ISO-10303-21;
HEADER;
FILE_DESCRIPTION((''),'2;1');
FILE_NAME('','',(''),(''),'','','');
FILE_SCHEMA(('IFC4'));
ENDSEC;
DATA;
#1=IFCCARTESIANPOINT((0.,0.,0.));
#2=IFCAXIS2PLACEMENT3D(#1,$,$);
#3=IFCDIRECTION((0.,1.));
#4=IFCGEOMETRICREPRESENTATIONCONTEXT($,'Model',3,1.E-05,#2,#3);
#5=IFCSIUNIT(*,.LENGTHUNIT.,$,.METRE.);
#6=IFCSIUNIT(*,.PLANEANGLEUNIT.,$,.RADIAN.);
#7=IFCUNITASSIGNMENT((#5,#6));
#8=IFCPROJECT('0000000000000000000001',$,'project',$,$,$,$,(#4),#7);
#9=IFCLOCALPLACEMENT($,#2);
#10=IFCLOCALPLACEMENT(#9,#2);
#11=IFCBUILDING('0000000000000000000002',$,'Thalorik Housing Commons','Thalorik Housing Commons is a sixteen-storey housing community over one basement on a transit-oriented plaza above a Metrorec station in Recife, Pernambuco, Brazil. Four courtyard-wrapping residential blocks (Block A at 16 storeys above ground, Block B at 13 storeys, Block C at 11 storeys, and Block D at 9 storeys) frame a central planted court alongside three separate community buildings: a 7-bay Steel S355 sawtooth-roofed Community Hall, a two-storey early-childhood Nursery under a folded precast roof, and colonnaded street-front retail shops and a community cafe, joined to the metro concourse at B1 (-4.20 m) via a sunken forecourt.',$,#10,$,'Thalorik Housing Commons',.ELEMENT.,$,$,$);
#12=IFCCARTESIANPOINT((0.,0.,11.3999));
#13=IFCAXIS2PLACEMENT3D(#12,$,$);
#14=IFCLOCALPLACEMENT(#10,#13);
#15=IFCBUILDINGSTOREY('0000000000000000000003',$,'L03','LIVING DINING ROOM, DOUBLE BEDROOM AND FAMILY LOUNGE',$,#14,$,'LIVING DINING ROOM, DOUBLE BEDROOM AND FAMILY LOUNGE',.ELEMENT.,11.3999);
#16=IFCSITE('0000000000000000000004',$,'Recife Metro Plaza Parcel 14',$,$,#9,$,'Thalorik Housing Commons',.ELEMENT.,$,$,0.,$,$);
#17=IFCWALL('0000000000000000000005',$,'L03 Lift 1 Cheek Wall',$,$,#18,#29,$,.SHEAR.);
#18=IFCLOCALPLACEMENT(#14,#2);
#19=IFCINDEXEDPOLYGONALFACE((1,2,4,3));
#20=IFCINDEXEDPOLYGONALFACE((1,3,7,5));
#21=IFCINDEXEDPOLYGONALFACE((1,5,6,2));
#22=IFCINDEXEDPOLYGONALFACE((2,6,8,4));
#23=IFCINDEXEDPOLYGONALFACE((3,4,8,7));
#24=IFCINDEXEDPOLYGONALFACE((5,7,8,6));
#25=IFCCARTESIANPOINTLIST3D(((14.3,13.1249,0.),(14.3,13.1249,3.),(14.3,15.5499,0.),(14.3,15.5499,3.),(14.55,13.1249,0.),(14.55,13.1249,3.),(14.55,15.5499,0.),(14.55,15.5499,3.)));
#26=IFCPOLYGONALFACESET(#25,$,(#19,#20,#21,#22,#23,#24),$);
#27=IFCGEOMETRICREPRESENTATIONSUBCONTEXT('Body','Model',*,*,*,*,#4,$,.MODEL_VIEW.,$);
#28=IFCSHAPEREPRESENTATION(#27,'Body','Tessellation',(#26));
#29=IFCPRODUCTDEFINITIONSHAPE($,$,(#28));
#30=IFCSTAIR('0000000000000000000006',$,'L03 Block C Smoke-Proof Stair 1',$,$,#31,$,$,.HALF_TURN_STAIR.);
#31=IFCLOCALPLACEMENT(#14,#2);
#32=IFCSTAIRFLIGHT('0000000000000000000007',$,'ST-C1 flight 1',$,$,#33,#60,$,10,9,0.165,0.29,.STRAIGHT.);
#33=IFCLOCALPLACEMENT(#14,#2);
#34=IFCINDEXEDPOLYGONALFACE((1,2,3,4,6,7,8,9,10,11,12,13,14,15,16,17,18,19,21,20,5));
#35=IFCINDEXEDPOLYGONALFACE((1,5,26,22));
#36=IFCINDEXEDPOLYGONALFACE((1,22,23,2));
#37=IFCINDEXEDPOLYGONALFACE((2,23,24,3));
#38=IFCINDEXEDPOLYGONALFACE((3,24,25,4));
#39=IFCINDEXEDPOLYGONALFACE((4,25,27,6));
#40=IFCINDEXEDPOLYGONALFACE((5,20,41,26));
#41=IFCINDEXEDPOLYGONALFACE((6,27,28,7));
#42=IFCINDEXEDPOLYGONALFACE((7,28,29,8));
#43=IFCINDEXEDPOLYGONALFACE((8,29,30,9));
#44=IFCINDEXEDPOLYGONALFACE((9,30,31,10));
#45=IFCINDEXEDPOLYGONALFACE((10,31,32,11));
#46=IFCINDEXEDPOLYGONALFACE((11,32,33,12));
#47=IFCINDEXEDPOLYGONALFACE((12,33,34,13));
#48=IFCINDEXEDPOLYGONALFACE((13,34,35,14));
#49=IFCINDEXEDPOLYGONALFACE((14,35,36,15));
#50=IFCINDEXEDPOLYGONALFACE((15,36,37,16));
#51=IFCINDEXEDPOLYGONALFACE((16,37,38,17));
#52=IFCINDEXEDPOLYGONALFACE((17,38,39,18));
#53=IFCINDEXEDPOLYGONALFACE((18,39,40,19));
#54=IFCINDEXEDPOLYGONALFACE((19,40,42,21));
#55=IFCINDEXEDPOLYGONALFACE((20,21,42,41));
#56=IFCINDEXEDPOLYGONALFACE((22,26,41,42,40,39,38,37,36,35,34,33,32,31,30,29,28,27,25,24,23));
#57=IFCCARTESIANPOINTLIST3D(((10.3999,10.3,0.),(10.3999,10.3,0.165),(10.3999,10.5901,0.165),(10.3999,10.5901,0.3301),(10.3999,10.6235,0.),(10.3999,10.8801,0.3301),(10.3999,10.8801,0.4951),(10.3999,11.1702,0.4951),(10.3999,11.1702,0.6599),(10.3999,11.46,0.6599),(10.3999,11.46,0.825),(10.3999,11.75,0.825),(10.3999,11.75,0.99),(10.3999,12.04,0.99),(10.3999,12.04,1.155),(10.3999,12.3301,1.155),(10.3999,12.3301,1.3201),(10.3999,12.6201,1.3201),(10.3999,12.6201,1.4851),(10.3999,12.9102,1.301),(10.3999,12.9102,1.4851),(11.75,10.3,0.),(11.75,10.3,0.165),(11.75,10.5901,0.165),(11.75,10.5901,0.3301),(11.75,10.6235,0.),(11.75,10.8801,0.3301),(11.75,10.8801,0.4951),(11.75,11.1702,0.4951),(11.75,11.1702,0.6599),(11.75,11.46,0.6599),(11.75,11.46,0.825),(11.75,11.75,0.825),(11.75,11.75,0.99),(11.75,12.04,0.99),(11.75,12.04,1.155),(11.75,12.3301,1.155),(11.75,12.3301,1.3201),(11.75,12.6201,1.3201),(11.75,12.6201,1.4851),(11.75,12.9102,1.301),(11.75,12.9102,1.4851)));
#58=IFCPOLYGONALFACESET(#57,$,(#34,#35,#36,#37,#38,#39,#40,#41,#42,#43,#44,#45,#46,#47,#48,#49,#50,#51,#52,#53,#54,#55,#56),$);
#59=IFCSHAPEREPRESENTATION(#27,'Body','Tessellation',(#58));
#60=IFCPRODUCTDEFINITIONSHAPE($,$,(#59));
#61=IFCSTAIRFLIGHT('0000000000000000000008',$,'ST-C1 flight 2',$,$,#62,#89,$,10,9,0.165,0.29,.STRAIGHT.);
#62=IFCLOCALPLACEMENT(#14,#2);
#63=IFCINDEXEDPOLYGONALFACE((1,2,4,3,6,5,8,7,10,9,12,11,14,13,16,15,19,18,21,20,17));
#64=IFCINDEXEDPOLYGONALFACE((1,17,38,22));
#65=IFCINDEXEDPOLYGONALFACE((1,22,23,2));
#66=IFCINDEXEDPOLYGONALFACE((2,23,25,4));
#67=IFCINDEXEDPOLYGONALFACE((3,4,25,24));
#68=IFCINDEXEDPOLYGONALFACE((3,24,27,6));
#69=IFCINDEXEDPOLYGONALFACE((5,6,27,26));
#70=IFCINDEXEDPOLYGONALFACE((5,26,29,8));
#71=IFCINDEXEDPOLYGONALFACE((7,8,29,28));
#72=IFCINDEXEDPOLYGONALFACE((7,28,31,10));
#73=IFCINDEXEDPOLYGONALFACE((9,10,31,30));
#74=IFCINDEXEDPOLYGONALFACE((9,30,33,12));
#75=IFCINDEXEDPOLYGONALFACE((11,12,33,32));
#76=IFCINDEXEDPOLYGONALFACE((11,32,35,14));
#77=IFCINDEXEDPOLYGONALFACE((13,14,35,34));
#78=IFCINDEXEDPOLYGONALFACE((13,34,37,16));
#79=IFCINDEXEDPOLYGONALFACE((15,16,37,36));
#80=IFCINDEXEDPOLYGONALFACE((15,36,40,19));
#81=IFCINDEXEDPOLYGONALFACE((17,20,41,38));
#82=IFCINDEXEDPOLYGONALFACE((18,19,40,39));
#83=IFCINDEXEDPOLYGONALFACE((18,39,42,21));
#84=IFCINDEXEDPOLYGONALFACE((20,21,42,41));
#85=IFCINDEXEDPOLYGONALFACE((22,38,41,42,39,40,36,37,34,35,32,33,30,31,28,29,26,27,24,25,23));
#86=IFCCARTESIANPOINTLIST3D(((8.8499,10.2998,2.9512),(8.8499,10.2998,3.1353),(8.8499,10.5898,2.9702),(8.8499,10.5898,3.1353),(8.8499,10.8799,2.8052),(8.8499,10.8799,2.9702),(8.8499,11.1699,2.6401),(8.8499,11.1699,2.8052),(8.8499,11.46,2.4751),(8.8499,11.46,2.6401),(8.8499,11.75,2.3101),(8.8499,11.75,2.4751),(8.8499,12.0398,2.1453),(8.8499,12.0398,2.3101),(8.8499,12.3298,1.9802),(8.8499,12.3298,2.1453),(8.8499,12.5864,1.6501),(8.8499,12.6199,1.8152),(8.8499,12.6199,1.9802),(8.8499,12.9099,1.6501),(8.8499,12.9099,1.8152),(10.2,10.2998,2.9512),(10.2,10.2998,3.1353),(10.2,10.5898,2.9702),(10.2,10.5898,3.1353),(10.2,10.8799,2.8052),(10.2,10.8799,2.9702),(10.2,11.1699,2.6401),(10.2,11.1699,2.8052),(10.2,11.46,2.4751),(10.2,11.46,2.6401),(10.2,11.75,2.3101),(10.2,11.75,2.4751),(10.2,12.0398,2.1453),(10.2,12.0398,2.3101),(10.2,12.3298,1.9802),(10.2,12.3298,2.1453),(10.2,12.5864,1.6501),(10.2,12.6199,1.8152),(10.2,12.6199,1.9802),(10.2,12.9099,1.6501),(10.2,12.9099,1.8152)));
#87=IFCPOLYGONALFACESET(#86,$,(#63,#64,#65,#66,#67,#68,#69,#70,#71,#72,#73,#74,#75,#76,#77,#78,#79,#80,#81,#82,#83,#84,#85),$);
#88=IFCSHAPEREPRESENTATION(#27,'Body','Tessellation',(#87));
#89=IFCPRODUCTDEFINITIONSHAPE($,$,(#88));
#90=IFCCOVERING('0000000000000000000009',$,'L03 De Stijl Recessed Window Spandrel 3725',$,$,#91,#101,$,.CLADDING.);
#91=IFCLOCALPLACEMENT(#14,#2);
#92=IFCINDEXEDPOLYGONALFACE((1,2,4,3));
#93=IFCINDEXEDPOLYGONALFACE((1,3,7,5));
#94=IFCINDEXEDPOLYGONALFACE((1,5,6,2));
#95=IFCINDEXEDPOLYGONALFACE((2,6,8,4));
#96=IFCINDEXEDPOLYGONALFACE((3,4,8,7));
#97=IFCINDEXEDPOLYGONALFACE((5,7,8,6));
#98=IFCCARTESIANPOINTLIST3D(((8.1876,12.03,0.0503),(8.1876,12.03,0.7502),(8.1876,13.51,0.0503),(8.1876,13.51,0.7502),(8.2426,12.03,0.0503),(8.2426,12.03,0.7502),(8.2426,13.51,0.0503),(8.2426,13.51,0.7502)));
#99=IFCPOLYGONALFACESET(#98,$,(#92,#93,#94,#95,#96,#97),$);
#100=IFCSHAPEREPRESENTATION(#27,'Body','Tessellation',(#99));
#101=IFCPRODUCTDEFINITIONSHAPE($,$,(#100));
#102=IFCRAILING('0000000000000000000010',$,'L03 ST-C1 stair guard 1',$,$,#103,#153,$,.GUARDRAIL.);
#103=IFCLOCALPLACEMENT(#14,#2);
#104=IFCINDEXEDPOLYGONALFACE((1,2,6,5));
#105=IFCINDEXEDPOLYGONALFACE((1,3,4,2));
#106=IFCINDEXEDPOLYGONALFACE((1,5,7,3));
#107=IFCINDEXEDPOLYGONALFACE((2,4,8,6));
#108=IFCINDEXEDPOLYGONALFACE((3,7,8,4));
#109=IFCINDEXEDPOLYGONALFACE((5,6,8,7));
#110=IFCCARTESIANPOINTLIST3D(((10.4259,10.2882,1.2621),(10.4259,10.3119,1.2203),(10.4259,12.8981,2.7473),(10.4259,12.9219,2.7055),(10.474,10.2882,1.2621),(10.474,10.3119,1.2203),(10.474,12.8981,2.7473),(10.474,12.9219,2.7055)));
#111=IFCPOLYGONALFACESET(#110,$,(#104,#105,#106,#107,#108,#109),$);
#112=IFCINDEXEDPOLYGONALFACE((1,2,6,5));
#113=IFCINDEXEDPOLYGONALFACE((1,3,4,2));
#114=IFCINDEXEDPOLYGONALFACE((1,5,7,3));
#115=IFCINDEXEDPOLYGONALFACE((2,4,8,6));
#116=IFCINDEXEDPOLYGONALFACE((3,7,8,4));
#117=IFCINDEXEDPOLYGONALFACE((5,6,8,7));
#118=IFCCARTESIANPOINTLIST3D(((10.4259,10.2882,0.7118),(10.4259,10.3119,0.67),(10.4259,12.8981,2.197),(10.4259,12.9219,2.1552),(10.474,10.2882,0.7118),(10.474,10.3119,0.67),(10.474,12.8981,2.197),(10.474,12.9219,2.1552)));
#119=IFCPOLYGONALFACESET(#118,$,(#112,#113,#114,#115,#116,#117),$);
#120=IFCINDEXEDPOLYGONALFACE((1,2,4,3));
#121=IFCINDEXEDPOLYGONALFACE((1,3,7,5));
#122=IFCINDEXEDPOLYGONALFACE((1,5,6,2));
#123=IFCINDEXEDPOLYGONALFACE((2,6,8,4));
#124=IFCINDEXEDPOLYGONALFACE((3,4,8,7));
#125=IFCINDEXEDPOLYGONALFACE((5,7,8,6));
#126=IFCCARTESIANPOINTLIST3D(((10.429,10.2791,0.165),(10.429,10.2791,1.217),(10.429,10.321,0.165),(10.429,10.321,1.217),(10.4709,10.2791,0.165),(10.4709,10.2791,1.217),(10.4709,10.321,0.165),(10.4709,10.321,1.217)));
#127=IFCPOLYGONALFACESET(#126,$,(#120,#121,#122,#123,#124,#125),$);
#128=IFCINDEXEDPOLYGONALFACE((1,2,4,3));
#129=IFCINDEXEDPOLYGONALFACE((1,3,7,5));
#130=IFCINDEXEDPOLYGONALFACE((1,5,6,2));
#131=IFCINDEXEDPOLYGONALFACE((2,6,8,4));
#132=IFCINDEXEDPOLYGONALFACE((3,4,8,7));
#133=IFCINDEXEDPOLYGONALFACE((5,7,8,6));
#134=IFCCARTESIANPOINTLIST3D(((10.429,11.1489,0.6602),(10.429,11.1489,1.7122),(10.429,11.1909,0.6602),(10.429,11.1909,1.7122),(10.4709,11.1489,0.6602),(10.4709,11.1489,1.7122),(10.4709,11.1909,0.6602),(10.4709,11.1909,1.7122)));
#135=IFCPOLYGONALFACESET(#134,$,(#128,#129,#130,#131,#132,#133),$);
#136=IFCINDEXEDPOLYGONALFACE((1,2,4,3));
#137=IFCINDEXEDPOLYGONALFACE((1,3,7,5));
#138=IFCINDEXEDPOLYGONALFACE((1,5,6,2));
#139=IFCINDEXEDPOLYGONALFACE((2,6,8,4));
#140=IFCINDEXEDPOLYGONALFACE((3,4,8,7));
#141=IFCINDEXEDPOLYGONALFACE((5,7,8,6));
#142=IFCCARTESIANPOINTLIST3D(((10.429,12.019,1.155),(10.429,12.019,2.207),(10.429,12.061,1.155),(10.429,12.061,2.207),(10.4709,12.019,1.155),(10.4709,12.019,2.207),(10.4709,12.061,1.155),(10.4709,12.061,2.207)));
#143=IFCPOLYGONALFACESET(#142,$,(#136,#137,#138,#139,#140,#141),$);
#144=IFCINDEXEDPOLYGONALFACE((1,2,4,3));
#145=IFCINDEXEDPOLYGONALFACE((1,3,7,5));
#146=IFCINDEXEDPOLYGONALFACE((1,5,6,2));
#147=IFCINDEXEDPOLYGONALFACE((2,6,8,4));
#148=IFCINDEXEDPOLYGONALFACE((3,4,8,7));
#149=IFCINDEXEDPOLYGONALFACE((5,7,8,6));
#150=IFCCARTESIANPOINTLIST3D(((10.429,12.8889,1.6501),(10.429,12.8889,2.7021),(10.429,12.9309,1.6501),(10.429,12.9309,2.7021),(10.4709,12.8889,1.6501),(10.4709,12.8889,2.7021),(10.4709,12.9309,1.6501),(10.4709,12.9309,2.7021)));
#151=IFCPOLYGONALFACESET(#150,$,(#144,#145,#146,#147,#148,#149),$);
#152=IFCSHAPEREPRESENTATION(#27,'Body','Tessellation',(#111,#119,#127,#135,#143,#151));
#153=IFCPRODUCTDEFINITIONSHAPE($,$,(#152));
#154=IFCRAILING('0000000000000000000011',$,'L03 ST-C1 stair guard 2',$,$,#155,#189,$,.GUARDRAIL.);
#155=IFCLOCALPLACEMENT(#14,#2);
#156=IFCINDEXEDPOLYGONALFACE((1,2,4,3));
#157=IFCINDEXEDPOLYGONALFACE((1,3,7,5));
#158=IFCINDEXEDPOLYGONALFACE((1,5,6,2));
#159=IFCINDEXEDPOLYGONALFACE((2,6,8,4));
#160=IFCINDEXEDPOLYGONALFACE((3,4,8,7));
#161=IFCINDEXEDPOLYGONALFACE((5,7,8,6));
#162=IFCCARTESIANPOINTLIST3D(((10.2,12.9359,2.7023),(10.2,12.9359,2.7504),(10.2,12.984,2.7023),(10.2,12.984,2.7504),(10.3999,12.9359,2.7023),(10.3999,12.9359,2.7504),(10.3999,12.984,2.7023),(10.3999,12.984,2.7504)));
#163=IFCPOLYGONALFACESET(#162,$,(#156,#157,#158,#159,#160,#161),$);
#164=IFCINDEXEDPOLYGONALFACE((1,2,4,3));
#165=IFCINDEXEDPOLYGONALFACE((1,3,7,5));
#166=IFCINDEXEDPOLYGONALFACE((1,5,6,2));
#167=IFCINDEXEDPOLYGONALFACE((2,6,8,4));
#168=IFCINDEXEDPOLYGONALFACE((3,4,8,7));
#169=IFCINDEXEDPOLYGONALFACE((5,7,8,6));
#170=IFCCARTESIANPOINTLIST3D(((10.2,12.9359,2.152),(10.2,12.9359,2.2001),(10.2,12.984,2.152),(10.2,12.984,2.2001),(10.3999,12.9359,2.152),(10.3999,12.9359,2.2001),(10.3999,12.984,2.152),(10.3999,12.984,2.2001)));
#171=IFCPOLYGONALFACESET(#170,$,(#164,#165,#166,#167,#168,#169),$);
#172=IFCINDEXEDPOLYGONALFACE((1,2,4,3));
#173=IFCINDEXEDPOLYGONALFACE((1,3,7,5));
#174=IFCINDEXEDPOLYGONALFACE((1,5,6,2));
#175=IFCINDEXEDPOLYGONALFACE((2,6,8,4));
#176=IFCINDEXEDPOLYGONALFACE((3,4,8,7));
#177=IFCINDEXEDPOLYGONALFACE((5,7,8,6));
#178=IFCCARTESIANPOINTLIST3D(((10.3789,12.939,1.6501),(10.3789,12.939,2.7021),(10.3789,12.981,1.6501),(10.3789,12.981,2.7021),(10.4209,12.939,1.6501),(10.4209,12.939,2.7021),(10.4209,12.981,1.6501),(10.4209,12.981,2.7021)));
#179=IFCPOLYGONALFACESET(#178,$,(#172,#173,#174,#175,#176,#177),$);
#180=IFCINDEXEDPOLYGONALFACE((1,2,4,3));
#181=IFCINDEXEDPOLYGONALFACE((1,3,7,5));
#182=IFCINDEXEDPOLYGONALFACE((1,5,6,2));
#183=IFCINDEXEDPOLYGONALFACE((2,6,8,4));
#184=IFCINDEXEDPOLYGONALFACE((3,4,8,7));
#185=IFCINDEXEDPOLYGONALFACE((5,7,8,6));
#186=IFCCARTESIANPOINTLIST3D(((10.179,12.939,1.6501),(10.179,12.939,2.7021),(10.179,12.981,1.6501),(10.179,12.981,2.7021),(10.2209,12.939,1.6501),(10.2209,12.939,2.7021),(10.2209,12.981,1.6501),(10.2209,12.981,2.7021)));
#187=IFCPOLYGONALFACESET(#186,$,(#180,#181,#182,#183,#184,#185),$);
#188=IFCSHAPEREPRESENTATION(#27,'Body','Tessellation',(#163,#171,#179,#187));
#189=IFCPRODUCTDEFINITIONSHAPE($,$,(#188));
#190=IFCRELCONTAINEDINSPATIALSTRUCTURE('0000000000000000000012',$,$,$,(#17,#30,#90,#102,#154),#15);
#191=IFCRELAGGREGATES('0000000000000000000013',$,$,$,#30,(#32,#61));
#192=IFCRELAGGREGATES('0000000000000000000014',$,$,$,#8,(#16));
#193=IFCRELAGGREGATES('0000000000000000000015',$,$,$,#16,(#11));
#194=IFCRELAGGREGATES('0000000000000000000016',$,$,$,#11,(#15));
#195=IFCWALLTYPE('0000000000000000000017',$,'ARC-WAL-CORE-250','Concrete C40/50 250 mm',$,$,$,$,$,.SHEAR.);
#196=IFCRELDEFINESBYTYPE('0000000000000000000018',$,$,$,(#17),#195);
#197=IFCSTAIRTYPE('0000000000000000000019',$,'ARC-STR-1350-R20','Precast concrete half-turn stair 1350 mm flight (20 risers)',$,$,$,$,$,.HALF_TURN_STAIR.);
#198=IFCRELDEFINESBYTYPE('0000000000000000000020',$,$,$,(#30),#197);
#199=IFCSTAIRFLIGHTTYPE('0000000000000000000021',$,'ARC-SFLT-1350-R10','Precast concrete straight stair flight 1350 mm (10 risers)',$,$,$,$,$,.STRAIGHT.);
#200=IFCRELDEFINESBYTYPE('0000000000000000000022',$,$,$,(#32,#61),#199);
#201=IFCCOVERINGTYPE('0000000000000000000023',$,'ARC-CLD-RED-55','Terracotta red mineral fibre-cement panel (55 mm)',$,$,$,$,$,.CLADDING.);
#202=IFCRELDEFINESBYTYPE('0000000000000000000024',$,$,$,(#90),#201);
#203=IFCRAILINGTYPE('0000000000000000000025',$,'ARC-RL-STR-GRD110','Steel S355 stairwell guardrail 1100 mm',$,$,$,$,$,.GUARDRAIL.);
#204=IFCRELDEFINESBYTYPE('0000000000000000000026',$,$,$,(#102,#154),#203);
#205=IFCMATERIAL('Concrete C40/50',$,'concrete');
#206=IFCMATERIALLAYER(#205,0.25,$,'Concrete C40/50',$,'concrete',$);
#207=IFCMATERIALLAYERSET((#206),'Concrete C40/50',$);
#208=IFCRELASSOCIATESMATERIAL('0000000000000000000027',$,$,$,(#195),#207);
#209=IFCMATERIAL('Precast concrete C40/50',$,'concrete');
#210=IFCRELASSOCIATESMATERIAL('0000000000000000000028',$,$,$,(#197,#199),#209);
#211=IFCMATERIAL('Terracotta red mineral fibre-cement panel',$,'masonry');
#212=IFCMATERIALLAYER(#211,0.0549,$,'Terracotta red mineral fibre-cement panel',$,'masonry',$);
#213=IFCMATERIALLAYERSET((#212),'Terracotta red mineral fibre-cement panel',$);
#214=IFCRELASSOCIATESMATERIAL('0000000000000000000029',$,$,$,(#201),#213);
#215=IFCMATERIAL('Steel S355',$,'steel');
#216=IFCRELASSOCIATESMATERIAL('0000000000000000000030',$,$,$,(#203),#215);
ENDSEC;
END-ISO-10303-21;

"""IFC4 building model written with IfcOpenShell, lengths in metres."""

from ifc_helpers import new_model, si_unit, direction, frame, frame_2d, origin, origin_2d, place, context, subcontext, project, spatial, polyline, rectangle, outline, extrude, material, layer, layer_set, type_object, element, aggregate, save


model = new_model("IFC4")

# Units and contexts
model_context = context("Model", 3, precision=1e-05, world=origin(), true_north=direction((0.0, 1.0)))
body_context = subcontext(model_context, "Body", "Model", "MODEL_VIEW")
ifc_project = project(units=[si_unit("LENGTHUNIT", "METRE"), si_unit("PLANEANGLEUNIT", "RADIAN")], contexts=[model_context])

# Site, building, storey
site_placement = place(None, origin())
site = spatial("IfcSite", under=ifc_project, at=site_placement, Name="Recife Metro Plaza Parcel 14", LongName="Thalorik Housing Commons", CompositionType="ELEMENT", RefElevation=0.0)
building_placement = place(site_placement, origin())
building = spatial("IfcBuilding", under=site, at=building_placement, Name="Thalorik Housing Commons", Description="Thalorik Housing Commons is a sixteen-storey housing community over one basement on a transit-oriented plaza above a Metrorec station in Recife, Pernambuco, Brazil. Four courtyard-wrapping residential blocks (Block A at 16 storeys above ground, Block B at 13 storeys, Block C at 11 storeys, and Block D at 9 storeys) frame a central planted court alongside three separate community buildings: a 7-bay Steel S355 sawtooth-roofed Community Hall, a two-storey early-childhood Nursery under a folded precast roof, and colonnaded street-front retail shops and a community cafe, joined to the metro concourse at B1 (-4.20 m) via a sunken forecourt.", LongName="Thalorik Housing Commons", CompositionType="ELEMENT")
storey_placement = place(building_placement, frame((0.0, 0.0, 11.3999)))
storey = spatial("IfcBuildingStorey", under=building, at=storey_placement, Name="L03", Description="LIVING DINING ROOM, DOUBLE BEDROOM AND FAMILY LOUNGE", LongName="LIVING DINING ROOM, DOUBLE BEDROOM AND FAMILY LOUNGE", CompositionType="ELEMENT", Elevation=11.3999)

# Shared definitions
ifc_material_1 = material(Name="Concrete C40/50", Category="concrete")
ifc_layer_1 = layer(ifc_material_1, 0.25, Name="Concrete C40/50", Category="concrete")
ifc_layer_set_1 = layer_set([ifc_layer_1], Name="Concrete C40/50")
wall_type = type_object("IfcWallType", Name="ARC-WAL-CORE-250", Description="Concrete C40/50 250 mm", PredefinedType="SHEAR", material=ifc_layer_set_1)
ifc_material_2 = material(Name="Steel S355", Category="steel")

# Wall
wall_1_placement = place(storey_placement, frame((14.425, 13.125, 0.0), z_axis=(0.0, 0.0, 1.0), x_axis=(0.0, 1.0, 0.0)))
element("IfcWall", 1, at=wall_1_placement, inside=storey, type_object=wall_type, Name="L03 Lift 1 Cheek Wall", PredefinedType="SHEAR", context=body_context, shape_type="SweptSolid", body=[
    extrude(rectangle(XDim=2.425, YDim=0.25, at=frame_2d((1.2124, 0.0))), origin(), (0.0, 0.0, 1.0), 3.0),
])

# Stair, stair flights
ifc_material_3 = material(Name="Precast concrete C40/50", Category="concrete")
stair_type = type_object("IfcStairType", Name="ARC-STR-1350-R20", Description="Precast concrete half-turn stair 1350 mm flight (20 risers)", PredefinedType="HALF_TURN_STAIR", material=ifc_material_3)
stair_placement = place(storey_placement, origin())
stair = element("IfcStair", 2, at=stair_placement, inside=storey, type_object=stair_type, Name="L03 Block C Smoke-Proof Stair 1", PredefinedType="HALF_TURN_STAIR")
stair_flight_type = type_object("IfcStairFlightType", Name="ARC-SFLT-1350-R10", Description="Precast concrete straight stair flight 1350 mm (10 risers)", PredefinedType="STRAIGHT", material=ifc_material_3)
stair_flight_1_placement = place(storey_placement, frame((11.075, 10.3, 0.0), z_axis=(0.0, 0.0, 1.0), x_axis=(0.0, 1.0, 0.0)))
stair_flight_1 = element("IfcStairFlight", 3, at=stair_flight_1_placement, type_object=stair_flight_type, Name="ST-C1 flight 1", NumberOfRisers=10, NumberOfTreads=9, PredefinedType="STRAIGHT", RiserHeight=0.165, TreadLength=0.29, context=body_context, shape_type="SweptSolid", body=[
    extrude(outline(polyline([(0.0, 0.0), (0.0, 0.165), (0.29, 0.165), (0.29, 0.3301), (0.5801, 0.3301), (0.5801, 0.4951), (0.8701, 0.4951), (0.8701, 0.6599), (1.1599, 0.6599), (1.1599, 0.825), (1.45, 0.825), (1.45, 0.99), (1.74, 0.99), (1.74, 1.155), (2.03, 1.155), (2.03, 1.3201), (2.3201, 1.3201), (2.3201, 1.4851), (2.6101, 1.4851), (2.6101, 1.6499), (2.6101, 1.301), (0.3235, 0.0), (0.0, 0.0)])), frame((0.0, 0.675, 0.0), z_axis=(0.0, -1.0, 0.0), x_axis=(1.0, 0.0, 0.0)), (0.0, 0.0, 1.0), 1.3501),
])
stair_flight_2_placement = place(storey_placement, frame((9.5249, 12.9099, 1.6501), z_axis=(0.0, 0.0, 1.0), x_axis=(0.0, -1.0, 0.0)))
stair_flight_2 = element("IfcStairFlight", 4, at=stair_flight_2_placement, type_object=stair_flight_type, Name="ST-C1 flight 2", NumberOfRisers=10, NumberOfTreads=9, PredefinedType="STRAIGHT", RiserHeight=0.165, TreadLength=0.29, context=body_context, shape_type="SweptSolid", body=[
    extrude(outline(polyline([(0.0, 0.0), (0.0, 0.165), (0.29, 0.165), (0.29, 0.3301), (0.5801, 0.3301), (0.5801, 0.4951), (0.8701, 0.4951), (0.8701, 0.6599), (1.1599, 0.6599), (1.1599, 0.825), (1.45, 0.825), (1.45, 0.99), (1.74, 0.99), (1.74, 1.155), (2.03, 1.155), (2.03, 1.3201), (2.3201, 1.3201), (2.3201, 1.4851), (2.6101, 1.4851), (2.6101, 1.6499), (2.6101, 1.301), (0.3235, 0.0), (0.0, 0.0)])), frame((0.0, 0.675, 0.0), z_axis=(0.0, -1.0, 0.0), x_axis=(1.0, 0.0, 0.0)), (0.0, 0.0, 1.0), 1.3501),
])
aggregate(stair, [stair_flight_1, stair_flight_2])

# Covering
ifc_material_4 = material(Name="Terracotta red mineral fibre-cement panel", Category="masonry")
ifc_layer_2 = layer(ifc_material_4, 0.0549, Name="Terracotta red mineral fibre-cement panel", Category="masonry")
ifc_layer_set_2 = layer_set([ifc_layer_2], Name="Terracotta red mineral fibre-cement panel")
covering_type_1 = type_object("IfcCoveringType", Name="ARC-CLD-RED-55", Description="Terracotta red mineral fibre-cement panel (55 mm)", PredefinedType="CLADDING", material=ifc_layer_set_2)
covering_1_placement = place(storey_placement, frame((8.2151, 12.77, 0.0503), z_axis=(0.0, 0.0, 1.0), x_axis=(0.0, -1.0, 0.0)))
element("IfcCovering", 5, at=covering_1_placement, inside=storey, type_object=covering_type_1, Name="L03 De Stijl Recessed Window Spandrel 3725", PredefinedType="CLADDING", context=body_context, shape_type="SweptSolid", body=[
    extrude(rectangle(XDim=1.48, YDim=0.0549, at=origin_2d()), origin(), (0.0, 0.0, 1.0), 0.7),
])

# Railings
railing_type_1 = type_object("IfcRailingType", Name="ARC-RL-STR-GRD110", Description="Steel S355 stairwell guardrail 1100 mm", PredefinedType="GUARDRAIL", material=ifc_material_2)
railing_1_placement = place(storey_placement, frame((10.45, 10.3, 0.165)))
element("IfcRailing", 6, at=railing_1_placement, inside=storey, type_object=railing_type_1, Name="L03 ST-C1 stair guard 1", PredefinedType="GUARDRAIL", context=body_context, shape_type="SweptSolid", body=[
    extrude(rectangle(XDim=0.0481, YDim=0.0481, at=origin_2d()), frame((0.0, 0.0, 1.0762), z_axis=(0.0, 0.869137, 0.494571), x_axis=(-1.0, 0.0, 0.0)), (0.0, 0.0, 1.0), 3.0029),
    extrude(rectangle(XDim=0.0481, YDim=0.0481, at=origin_2d()), frame((0.0, 0.0, 0.5259), z_axis=(0.0, 0.869137, 0.494571), x_axis=(-1.0, 0.0, 0.0)), (0.0, 0.0, 1.0), 3.0029),
    extrude(rectangle(XDim=0.042, YDim=0.042, at=origin_2d()), origin(), (0.0, 0.0, 1.0), 1.052),
    extrude(rectangle(XDim=0.042, YDim=0.042, at=origin_2d()), frame((0.0, 0.8699, 0.4951)), (0.0, 0.0, 1.0), 1.052),
    extrude(rectangle(XDim=0.042, YDim=0.042, at=origin_2d()), frame((0.0, 1.74, 0.99)), (0.0, 0.0, 1.0), 1.052),
    extrude(rectangle(XDim=0.042, YDim=0.042, at=origin_2d()), frame((0.0, 2.6099, 1.4851)), (0.0, 0.0, 1.0), 1.052),
])
railing_2_placement = place(storey_placement, frame((10.3999, 12.96, 1.6501)))
element("IfcRailing", 7, at=railing_2_placement, inside=storey, type_object=railing_type_1, Name="L03 ST-C1 stair guard 2", PredefinedType="GUARDRAIL", context=body_context, shape_type="SweptSolid", body=[
    extrude(rectangle(XDim=0.0481, YDim=0.0481, at=origin_2d()), frame((0.0, 0.0, 1.0762), z_axis=(-1.0, 0.0, 0.0), x_axis=(0.0, -1.0, 0.0)), (0.0, 0.0, 1.0), 0.2),
    extrude(rectangle(XDim=0.0481, YDim=0.0481, at=origin_2d()), frame((0.0, 0.0, 0.5259), z_axis=(-1.0, 0.0, 0.0), x_axis=(0.0, -1.0, 0.0)), (0.0, 0.0, 1.0), 0.2),
    extrude(rectangle(XDim=0.042, YDim=0.042, at=origin_2d()), origin(), (0.0, 0.0, 1.0), 1.052),
    extrude(rectangle(XDim=0.042, YDim=0.042, at=origin_2d()), frame((-0.2, 0.0, 0.0)), (0.0, 0.0, 1.0), 1.052),
])

save(model, "model.ifc")
